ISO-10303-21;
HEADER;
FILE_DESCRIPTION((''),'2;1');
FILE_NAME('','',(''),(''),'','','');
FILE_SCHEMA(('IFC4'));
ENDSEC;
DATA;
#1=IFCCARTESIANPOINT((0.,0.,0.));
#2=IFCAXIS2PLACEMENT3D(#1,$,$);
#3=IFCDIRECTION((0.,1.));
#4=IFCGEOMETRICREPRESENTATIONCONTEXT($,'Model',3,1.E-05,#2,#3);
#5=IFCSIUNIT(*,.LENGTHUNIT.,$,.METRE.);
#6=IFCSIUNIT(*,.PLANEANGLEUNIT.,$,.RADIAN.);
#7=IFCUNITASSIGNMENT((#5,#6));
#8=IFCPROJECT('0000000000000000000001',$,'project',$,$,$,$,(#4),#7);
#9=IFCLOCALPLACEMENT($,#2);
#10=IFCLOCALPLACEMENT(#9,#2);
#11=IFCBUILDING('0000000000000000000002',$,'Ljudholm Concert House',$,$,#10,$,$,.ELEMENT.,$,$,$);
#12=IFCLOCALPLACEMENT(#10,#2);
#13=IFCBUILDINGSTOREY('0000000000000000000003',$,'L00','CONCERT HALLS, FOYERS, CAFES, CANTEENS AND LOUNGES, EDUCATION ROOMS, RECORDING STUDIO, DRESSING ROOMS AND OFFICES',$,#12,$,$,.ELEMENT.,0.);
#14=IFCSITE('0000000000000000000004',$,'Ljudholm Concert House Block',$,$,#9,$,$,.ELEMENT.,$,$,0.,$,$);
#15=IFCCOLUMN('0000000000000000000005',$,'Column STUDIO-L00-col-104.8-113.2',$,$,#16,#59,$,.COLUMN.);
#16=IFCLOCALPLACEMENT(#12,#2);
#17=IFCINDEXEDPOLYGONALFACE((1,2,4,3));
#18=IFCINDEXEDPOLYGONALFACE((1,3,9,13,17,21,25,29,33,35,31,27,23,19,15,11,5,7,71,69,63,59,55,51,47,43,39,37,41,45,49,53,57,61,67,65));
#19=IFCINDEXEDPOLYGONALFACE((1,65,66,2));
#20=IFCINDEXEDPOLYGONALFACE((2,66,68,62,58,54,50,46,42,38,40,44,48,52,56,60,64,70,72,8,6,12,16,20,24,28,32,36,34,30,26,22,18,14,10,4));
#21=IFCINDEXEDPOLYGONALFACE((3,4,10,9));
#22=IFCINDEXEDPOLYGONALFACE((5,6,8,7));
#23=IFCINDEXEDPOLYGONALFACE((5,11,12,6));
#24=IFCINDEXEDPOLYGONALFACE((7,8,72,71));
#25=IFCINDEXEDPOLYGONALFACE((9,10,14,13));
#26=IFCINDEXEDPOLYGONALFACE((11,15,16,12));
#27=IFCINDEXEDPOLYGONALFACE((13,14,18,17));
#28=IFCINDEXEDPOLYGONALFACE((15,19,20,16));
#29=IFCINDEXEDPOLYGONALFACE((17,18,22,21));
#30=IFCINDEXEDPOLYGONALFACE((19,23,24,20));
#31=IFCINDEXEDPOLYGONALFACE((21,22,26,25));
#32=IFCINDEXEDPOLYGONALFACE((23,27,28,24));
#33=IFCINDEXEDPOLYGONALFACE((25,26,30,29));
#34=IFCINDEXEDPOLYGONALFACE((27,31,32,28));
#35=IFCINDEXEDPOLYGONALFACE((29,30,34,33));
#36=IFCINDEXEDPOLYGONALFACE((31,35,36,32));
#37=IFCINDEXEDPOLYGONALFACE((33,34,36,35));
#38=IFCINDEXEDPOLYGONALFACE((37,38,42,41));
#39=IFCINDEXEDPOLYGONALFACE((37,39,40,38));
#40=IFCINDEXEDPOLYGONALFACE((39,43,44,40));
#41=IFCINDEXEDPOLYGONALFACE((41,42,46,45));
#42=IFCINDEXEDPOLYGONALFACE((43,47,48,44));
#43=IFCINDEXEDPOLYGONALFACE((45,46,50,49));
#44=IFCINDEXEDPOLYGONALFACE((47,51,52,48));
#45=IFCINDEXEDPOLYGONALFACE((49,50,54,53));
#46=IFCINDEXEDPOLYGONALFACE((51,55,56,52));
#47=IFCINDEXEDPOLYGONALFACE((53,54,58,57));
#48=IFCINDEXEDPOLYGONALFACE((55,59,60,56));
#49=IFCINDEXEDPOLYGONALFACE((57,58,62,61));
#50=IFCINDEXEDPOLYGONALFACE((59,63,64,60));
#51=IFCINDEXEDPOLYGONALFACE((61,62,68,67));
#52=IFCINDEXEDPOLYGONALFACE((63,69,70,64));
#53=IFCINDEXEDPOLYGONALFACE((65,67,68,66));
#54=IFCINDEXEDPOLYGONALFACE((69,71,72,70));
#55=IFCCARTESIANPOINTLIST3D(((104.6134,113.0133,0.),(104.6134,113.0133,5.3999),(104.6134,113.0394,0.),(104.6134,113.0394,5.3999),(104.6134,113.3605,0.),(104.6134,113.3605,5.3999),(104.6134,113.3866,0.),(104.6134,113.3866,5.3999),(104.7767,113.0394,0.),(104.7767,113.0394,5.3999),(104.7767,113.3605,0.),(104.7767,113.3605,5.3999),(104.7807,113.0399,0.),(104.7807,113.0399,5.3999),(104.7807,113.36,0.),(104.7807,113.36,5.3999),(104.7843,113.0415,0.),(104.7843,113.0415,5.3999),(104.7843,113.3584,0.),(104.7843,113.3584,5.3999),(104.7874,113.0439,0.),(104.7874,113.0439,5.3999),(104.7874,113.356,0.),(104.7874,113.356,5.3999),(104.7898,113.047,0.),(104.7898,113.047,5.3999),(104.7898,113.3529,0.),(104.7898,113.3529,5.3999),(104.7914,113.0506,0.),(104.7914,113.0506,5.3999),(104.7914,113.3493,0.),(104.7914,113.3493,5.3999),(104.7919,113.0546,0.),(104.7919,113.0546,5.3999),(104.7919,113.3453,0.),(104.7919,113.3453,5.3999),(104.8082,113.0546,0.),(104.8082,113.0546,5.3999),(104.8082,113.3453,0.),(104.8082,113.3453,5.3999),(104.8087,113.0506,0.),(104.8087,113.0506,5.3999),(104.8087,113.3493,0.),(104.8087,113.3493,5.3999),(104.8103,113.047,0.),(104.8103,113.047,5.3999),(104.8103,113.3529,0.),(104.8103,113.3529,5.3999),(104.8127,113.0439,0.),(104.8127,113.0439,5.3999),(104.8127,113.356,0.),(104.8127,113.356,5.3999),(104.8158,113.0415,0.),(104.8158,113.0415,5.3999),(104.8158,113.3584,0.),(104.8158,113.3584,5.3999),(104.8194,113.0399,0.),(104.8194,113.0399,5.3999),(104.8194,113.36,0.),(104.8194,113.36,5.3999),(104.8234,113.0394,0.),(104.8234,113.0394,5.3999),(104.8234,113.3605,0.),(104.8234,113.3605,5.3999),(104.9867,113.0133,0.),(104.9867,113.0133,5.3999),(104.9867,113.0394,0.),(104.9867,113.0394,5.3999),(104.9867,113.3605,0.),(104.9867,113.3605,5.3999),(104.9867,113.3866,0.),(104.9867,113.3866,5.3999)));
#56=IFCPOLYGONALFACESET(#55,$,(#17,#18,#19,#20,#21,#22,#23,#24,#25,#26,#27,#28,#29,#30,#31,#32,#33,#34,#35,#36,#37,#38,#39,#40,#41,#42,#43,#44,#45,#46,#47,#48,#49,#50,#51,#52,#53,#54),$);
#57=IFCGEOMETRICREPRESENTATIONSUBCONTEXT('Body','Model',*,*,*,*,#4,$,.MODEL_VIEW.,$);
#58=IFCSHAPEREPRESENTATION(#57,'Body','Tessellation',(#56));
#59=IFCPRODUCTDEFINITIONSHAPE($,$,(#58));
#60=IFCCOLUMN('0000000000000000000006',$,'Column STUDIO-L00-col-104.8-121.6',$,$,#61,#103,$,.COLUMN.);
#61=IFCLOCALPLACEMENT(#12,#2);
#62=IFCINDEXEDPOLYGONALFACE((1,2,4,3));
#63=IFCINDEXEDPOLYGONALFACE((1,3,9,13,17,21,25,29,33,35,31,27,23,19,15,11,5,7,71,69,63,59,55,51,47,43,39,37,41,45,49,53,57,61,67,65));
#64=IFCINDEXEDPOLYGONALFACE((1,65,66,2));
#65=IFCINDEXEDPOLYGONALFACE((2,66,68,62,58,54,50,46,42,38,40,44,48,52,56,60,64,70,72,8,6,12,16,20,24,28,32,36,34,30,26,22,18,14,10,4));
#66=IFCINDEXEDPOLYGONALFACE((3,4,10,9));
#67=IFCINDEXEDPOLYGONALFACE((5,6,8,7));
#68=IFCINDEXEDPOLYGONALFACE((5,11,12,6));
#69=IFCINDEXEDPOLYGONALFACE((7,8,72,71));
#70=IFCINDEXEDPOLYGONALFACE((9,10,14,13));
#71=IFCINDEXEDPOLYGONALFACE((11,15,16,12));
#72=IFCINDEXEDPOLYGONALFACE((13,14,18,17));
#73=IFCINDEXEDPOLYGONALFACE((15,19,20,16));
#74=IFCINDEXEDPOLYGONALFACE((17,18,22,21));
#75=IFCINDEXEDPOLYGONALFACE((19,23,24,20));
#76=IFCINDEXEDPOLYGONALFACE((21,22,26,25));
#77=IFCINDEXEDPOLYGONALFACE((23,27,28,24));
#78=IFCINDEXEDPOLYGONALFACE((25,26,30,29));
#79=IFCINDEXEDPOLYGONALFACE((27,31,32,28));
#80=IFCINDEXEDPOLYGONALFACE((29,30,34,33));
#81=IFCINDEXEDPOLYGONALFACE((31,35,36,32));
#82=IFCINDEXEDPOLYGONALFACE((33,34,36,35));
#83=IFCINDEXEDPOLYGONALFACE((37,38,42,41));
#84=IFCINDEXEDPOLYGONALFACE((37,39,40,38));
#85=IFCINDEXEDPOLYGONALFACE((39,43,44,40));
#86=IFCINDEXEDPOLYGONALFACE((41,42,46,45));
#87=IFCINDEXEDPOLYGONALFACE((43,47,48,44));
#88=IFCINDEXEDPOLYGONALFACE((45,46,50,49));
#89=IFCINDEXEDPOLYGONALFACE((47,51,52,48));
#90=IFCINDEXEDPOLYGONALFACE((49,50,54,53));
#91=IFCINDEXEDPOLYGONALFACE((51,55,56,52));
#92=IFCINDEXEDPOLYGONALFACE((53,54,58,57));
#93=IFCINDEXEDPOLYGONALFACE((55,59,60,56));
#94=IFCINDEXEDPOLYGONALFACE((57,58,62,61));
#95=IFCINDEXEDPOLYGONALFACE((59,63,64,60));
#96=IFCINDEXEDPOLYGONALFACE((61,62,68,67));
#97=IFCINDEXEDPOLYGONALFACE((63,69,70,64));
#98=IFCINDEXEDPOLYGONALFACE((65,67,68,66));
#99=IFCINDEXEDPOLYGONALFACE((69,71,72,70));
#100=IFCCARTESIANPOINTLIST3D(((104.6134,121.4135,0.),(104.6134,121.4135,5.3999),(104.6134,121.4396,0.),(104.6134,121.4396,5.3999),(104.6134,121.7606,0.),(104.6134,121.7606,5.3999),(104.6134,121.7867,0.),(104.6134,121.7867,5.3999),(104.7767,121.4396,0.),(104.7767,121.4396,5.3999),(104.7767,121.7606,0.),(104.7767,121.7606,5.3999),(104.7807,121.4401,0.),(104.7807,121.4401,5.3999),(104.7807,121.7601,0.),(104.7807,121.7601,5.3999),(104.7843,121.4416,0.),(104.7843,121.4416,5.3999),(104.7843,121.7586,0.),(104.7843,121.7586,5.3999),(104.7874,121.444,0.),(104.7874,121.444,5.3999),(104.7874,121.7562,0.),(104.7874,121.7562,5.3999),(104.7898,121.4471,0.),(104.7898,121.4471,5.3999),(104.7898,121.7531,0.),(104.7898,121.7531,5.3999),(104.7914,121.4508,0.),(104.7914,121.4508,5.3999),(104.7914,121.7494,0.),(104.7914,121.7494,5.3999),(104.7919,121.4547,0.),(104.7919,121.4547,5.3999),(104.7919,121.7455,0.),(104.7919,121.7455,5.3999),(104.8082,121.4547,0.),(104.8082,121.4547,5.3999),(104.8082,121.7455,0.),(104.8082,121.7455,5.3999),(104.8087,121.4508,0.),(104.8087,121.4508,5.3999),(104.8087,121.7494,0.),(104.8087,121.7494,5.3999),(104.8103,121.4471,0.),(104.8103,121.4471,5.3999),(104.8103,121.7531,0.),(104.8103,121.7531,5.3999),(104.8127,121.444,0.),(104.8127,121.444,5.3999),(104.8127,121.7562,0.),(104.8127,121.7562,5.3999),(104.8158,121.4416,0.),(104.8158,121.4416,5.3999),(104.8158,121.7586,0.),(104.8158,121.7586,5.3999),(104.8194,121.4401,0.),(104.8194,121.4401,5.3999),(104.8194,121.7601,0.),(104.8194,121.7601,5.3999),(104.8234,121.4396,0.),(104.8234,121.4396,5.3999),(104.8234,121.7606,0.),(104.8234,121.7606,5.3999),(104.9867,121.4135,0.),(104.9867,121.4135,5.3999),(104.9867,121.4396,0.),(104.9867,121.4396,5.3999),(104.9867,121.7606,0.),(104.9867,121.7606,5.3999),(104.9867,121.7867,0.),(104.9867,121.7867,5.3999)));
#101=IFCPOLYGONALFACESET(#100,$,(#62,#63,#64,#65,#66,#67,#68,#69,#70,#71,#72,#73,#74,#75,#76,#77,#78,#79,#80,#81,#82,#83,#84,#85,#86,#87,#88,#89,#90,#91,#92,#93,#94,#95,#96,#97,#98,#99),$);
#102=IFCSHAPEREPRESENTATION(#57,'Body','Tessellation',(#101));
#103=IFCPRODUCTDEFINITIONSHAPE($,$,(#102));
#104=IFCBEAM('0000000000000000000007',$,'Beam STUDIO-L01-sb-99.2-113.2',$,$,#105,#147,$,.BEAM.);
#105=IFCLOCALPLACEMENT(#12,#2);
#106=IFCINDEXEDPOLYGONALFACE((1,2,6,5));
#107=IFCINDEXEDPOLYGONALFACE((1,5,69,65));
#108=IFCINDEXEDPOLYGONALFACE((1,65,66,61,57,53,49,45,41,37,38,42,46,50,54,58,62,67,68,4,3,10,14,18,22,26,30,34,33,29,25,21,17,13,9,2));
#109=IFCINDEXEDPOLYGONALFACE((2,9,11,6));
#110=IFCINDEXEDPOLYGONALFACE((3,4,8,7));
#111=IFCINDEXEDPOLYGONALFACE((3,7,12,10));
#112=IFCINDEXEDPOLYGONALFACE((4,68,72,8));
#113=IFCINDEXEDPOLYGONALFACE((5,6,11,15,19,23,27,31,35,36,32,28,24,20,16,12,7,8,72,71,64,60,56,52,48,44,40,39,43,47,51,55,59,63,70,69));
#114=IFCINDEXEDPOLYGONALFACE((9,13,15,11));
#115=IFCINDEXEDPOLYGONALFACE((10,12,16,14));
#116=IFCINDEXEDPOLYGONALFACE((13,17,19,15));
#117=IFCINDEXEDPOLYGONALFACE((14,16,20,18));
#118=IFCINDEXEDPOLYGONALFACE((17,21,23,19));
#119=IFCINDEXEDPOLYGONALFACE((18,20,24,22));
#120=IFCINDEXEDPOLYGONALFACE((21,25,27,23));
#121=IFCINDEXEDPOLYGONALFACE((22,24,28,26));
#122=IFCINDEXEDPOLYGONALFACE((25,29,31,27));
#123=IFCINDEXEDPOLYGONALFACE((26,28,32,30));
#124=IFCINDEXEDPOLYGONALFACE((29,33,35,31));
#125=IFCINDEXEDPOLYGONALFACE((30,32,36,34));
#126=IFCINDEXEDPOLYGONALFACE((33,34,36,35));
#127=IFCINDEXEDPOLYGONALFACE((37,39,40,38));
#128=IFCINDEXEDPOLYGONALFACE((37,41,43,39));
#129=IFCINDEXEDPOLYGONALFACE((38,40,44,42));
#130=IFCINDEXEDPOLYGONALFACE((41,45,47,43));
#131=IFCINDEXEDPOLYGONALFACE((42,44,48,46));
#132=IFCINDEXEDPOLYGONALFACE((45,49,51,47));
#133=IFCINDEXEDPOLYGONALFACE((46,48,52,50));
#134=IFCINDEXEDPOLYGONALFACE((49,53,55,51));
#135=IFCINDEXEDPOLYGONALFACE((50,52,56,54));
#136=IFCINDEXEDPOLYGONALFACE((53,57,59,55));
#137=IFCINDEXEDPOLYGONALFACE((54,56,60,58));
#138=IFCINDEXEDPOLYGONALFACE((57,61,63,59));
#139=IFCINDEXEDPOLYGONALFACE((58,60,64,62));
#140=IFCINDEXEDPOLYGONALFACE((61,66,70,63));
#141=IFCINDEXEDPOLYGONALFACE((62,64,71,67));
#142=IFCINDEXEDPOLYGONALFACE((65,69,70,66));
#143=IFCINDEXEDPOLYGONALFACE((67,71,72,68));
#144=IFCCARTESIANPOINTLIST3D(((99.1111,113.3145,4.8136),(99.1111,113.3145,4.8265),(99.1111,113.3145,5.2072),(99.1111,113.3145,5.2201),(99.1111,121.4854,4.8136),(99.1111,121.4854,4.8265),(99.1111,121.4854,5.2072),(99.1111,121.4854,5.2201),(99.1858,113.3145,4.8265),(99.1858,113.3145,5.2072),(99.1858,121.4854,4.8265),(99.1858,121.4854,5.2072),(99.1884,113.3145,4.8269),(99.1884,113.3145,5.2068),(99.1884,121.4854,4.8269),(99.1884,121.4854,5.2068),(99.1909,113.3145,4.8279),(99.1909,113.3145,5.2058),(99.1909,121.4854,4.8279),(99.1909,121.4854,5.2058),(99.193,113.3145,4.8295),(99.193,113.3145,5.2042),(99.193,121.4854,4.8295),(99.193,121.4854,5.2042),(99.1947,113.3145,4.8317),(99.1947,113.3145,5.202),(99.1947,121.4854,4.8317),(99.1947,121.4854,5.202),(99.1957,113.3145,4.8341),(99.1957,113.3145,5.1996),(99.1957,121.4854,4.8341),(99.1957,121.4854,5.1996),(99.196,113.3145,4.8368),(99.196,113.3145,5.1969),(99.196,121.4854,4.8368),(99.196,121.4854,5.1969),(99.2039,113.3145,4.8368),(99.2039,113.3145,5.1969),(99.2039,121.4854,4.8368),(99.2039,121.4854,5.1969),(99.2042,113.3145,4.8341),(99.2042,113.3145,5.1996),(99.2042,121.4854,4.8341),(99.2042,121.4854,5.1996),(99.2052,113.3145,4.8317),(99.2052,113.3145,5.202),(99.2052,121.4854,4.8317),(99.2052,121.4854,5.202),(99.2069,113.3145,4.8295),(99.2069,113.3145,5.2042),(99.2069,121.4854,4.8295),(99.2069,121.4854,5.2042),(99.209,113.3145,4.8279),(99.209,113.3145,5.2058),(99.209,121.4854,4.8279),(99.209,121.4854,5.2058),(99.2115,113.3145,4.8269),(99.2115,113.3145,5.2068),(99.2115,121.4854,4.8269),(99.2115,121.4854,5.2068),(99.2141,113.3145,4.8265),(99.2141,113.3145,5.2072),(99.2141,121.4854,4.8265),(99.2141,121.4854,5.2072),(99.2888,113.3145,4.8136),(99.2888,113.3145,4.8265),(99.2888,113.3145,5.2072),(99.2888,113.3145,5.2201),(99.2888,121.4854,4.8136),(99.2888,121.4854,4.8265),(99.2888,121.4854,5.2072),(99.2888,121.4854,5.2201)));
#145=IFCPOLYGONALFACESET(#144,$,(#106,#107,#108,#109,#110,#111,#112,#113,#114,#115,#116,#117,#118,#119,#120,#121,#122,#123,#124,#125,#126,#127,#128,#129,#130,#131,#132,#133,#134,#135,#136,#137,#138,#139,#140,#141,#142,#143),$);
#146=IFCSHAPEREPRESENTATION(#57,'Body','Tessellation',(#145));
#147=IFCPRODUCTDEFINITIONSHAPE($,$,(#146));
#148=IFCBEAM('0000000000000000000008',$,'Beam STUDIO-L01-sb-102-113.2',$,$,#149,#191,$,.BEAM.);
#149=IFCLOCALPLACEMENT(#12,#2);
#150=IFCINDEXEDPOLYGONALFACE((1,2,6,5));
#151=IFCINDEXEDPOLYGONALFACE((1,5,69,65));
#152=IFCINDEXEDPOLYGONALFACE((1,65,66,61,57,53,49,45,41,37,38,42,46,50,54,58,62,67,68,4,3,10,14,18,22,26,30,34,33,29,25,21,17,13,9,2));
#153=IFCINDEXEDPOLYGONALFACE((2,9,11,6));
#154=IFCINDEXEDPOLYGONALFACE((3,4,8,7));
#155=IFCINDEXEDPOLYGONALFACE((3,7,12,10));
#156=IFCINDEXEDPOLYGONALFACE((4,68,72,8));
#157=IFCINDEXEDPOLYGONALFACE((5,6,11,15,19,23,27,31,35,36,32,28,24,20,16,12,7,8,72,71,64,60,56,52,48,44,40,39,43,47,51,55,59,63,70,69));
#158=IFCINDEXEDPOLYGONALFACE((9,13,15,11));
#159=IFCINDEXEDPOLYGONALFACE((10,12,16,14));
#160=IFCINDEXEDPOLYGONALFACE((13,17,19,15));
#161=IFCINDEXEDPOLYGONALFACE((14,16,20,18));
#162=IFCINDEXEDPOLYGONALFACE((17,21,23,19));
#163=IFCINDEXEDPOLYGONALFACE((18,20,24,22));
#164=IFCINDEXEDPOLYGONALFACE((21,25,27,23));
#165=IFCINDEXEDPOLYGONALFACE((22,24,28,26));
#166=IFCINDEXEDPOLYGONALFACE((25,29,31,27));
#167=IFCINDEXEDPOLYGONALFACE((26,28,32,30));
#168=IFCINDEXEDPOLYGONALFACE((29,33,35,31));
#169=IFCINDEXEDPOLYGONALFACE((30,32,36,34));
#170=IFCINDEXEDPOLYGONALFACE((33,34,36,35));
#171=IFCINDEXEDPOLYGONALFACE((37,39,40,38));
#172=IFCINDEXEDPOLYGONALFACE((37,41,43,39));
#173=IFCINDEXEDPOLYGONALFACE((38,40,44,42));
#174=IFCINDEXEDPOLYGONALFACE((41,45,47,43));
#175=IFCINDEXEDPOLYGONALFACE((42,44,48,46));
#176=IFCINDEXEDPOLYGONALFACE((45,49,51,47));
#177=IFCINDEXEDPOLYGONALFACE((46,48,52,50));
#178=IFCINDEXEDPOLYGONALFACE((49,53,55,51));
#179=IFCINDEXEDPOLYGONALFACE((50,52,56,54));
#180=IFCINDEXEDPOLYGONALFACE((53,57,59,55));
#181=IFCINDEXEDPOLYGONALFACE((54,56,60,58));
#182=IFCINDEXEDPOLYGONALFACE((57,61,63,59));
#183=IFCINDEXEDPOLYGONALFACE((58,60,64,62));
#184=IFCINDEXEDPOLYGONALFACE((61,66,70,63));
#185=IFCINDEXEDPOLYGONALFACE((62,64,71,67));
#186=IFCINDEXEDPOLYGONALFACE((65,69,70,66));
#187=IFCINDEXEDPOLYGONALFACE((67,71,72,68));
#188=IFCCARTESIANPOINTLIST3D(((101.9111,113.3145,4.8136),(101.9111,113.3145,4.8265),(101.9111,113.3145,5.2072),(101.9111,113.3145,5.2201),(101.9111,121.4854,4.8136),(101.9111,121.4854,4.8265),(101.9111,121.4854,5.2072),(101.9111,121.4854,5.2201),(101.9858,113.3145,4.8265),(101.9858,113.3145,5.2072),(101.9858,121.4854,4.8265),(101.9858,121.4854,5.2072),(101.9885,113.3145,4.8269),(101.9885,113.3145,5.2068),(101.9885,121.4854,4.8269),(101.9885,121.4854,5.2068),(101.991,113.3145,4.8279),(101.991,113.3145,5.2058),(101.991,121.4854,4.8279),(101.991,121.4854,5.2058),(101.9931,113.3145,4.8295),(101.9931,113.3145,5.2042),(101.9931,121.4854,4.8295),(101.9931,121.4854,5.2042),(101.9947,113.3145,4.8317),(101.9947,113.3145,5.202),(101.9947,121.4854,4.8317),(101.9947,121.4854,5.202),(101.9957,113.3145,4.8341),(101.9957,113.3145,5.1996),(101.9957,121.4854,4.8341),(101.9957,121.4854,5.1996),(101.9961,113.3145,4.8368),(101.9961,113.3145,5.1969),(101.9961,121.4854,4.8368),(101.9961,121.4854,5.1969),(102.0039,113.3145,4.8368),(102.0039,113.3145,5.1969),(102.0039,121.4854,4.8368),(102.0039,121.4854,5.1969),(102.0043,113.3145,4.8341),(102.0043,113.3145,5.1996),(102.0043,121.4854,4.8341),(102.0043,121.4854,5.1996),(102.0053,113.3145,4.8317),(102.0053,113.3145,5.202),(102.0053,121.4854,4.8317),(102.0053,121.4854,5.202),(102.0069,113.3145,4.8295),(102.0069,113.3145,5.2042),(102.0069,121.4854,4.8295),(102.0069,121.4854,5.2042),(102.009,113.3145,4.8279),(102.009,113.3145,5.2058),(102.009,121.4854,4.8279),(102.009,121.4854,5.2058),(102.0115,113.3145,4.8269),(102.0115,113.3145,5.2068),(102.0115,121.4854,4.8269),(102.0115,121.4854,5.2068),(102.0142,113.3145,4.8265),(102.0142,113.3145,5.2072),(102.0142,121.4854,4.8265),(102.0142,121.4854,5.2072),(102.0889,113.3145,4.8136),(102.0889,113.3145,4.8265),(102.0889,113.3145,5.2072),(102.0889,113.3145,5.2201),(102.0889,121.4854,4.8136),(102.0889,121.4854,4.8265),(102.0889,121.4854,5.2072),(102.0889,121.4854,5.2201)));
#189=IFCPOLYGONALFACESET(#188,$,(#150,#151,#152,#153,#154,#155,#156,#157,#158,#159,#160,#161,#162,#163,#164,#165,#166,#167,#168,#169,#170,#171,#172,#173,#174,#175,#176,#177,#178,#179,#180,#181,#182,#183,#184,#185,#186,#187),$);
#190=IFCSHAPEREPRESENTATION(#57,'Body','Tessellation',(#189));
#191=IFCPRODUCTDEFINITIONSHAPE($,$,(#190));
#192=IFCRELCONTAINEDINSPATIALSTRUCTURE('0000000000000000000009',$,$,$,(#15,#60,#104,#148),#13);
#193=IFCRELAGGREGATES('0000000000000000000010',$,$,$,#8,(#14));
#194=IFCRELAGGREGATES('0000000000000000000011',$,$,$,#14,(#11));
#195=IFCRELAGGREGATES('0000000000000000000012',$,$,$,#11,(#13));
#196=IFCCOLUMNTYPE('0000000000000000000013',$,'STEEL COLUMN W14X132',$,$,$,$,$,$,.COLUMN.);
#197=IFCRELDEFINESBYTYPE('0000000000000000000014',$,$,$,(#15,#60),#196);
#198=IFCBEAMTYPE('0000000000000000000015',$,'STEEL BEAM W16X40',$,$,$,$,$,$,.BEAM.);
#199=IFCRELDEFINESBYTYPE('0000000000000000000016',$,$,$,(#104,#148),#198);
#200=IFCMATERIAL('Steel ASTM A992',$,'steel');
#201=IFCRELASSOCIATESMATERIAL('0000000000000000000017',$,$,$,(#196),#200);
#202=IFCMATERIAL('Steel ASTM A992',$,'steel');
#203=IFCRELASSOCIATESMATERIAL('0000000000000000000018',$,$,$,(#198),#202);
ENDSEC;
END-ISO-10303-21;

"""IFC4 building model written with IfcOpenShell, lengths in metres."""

from ifc_helpers import new_model, si_unit, direction, frame, origin, origin_2d, place, context, subcontext, project, spatial, i_section, extrude, material, material_profile, profile_set, type_object, element, save


model = new_model("IFC4")

# Units and contexts
model_context = context("Model", 3, precision=1e-05, world=origin(), true_north=direction((0.0, 1.0)))
body_context = subcontext(model_context, "Body", "Model", "MODEL_VIEW")
ifc_project = project(units=[si_unit("LENGTHUNIT", "METRE"), si_unit("PLANEANGLEUNIT", "RADIAN")], contexts=[model_context])

# Site, building, storey
site_placement = place(None, origin())
site = spatial("IfcSite", under=ifc_project, at=site_placement, Name="Ljudholm Concert House Block", CompositionType="ELEMENT", RefElevation=0.0)
building_placement = place(site_placement, origin())
building = spatial("IfcBuilding", under=site, at=building_placement, Name="Ljudholm Concert House", CompositionType="ELEMENT")
storey_placement = place(building_placement, origin())
storey = spatial("IfcBuildingStorey", under=building, at=storey_placement, Name="L00", Description="CONCERT HALLS, FOYERS, CAFES, CANTEENS AND LOUNGES, EDUCATION ROOMS, RECORDING STUDIO, DRESSING ROOMS AND OFFICES", CompositionType="ELEMENT", Elevation=0.0)

# Columns
ifc_material_1 = material(Name="Steel ASTM A992", Category="steel")
ifc_material_profile_1 = material_profile(ifc_material_1, i_section(OverallWidth=0.3733, OverallDepth=0.3733, WebThickness=0.0164, FlangeThickness=0.0261, FilletRadius=0.0151, at=origin_2d()), Name="W14X132")
ifc_profile_set_1 = profile_set([ifc_material_profile_1], Name="Steel ASTM A992")
column_type = type_object("IfcColumnType", Name="STEEL COLUMN W14X132", PredefinedType="COLUMN", material=ifc_profile_set_1)
for number, where, z_axis, x_axis, name in (
    (1, (104.8, 113.2, 0.0), (0.0, 0.0, 1.0), (1.0, 0.0, 0.0), "Column STUDIO-L00-col-104.8-113.2"),
    (2, (104.8, 121.6001, 0.0), (0.0, 0.0, 1.0), (1.0, 0.0, 0.0), "Column STUDIO-L00-col-104.8-121.6"),
):
    element("IfcColumn", number, at=place(storey_placement, frame(where, z_axis=z_axis, x_axis=x_axis)), inside=storey, type_object=column_type, Name=name, PredefinedType="COLUMN", context=body_context, shape_type="SweptSolid", body=[
        extrude(i_section(OverallWidth=0.3733, OverallDepth=0.3733, WebThickness=0.0164, FlangeThickness=0.0261, FilletRadius=0.0151, at=origin_2d()), origin(), (0.0, 0.0, 1.0), 5.3999),
    ])

# Beams
ifc_material_2 = material(Name="Steel ASTM A992", Category="steel")
ifc_material_profile_2 = material_profile(ifc_material_2, i_section(OverallWidth=0.1777, OverallDepth=0.4065, WebThickness=0.0078, FlangeThickness=0.0129, FilletRadius=0.0103, at=origin_2d()), Name="W16X40")
ifc_profile_set_2 = profile_set([ifc_material_profile_2], Name="Steel ASTM A992")
beam_type_1 = type_object("IfcBeamType", Name="STEEL BEAM W16X40", PredefinedType="BEAM", material=ifc_profile_set_2)
for number, where, z_axis, x_axis, name in (
    (3, (99.2, 113.3145, 5.0168), (0.0, 1.0, 0.0), (-1.0, 0.0, 0.0), "Beam STUDIO-L01-sb-99.2-113.2"),
    (4, (102.0, 113.3145, 5.0168), (0.0, 1.0, 0.0), (-1.0, 0.0, 0.0), "Beam STUDIO-L01-sb-102-113.2"),
):
    element("IfcBeam", number, at=place(storey_placement, frame(where, z_axis=z_axis, x_axis=x_axis)), inside=storey, type_object=beam_type_1, Name=name, PredefinedType="BEAM", context=body_context, shape_type="SweptSolid", body=[
        extrude(i_section(OverallWidth=0.1777, OverallDepth=0.4065, WebThickness=0.0078, FlangeThickness=0.0129, FilletRadius=0.0103, at=origin_2d()), origin(), (0.0, 0.0, 1.0), 8.1709),
    ])

save(model, "model.ifc")
